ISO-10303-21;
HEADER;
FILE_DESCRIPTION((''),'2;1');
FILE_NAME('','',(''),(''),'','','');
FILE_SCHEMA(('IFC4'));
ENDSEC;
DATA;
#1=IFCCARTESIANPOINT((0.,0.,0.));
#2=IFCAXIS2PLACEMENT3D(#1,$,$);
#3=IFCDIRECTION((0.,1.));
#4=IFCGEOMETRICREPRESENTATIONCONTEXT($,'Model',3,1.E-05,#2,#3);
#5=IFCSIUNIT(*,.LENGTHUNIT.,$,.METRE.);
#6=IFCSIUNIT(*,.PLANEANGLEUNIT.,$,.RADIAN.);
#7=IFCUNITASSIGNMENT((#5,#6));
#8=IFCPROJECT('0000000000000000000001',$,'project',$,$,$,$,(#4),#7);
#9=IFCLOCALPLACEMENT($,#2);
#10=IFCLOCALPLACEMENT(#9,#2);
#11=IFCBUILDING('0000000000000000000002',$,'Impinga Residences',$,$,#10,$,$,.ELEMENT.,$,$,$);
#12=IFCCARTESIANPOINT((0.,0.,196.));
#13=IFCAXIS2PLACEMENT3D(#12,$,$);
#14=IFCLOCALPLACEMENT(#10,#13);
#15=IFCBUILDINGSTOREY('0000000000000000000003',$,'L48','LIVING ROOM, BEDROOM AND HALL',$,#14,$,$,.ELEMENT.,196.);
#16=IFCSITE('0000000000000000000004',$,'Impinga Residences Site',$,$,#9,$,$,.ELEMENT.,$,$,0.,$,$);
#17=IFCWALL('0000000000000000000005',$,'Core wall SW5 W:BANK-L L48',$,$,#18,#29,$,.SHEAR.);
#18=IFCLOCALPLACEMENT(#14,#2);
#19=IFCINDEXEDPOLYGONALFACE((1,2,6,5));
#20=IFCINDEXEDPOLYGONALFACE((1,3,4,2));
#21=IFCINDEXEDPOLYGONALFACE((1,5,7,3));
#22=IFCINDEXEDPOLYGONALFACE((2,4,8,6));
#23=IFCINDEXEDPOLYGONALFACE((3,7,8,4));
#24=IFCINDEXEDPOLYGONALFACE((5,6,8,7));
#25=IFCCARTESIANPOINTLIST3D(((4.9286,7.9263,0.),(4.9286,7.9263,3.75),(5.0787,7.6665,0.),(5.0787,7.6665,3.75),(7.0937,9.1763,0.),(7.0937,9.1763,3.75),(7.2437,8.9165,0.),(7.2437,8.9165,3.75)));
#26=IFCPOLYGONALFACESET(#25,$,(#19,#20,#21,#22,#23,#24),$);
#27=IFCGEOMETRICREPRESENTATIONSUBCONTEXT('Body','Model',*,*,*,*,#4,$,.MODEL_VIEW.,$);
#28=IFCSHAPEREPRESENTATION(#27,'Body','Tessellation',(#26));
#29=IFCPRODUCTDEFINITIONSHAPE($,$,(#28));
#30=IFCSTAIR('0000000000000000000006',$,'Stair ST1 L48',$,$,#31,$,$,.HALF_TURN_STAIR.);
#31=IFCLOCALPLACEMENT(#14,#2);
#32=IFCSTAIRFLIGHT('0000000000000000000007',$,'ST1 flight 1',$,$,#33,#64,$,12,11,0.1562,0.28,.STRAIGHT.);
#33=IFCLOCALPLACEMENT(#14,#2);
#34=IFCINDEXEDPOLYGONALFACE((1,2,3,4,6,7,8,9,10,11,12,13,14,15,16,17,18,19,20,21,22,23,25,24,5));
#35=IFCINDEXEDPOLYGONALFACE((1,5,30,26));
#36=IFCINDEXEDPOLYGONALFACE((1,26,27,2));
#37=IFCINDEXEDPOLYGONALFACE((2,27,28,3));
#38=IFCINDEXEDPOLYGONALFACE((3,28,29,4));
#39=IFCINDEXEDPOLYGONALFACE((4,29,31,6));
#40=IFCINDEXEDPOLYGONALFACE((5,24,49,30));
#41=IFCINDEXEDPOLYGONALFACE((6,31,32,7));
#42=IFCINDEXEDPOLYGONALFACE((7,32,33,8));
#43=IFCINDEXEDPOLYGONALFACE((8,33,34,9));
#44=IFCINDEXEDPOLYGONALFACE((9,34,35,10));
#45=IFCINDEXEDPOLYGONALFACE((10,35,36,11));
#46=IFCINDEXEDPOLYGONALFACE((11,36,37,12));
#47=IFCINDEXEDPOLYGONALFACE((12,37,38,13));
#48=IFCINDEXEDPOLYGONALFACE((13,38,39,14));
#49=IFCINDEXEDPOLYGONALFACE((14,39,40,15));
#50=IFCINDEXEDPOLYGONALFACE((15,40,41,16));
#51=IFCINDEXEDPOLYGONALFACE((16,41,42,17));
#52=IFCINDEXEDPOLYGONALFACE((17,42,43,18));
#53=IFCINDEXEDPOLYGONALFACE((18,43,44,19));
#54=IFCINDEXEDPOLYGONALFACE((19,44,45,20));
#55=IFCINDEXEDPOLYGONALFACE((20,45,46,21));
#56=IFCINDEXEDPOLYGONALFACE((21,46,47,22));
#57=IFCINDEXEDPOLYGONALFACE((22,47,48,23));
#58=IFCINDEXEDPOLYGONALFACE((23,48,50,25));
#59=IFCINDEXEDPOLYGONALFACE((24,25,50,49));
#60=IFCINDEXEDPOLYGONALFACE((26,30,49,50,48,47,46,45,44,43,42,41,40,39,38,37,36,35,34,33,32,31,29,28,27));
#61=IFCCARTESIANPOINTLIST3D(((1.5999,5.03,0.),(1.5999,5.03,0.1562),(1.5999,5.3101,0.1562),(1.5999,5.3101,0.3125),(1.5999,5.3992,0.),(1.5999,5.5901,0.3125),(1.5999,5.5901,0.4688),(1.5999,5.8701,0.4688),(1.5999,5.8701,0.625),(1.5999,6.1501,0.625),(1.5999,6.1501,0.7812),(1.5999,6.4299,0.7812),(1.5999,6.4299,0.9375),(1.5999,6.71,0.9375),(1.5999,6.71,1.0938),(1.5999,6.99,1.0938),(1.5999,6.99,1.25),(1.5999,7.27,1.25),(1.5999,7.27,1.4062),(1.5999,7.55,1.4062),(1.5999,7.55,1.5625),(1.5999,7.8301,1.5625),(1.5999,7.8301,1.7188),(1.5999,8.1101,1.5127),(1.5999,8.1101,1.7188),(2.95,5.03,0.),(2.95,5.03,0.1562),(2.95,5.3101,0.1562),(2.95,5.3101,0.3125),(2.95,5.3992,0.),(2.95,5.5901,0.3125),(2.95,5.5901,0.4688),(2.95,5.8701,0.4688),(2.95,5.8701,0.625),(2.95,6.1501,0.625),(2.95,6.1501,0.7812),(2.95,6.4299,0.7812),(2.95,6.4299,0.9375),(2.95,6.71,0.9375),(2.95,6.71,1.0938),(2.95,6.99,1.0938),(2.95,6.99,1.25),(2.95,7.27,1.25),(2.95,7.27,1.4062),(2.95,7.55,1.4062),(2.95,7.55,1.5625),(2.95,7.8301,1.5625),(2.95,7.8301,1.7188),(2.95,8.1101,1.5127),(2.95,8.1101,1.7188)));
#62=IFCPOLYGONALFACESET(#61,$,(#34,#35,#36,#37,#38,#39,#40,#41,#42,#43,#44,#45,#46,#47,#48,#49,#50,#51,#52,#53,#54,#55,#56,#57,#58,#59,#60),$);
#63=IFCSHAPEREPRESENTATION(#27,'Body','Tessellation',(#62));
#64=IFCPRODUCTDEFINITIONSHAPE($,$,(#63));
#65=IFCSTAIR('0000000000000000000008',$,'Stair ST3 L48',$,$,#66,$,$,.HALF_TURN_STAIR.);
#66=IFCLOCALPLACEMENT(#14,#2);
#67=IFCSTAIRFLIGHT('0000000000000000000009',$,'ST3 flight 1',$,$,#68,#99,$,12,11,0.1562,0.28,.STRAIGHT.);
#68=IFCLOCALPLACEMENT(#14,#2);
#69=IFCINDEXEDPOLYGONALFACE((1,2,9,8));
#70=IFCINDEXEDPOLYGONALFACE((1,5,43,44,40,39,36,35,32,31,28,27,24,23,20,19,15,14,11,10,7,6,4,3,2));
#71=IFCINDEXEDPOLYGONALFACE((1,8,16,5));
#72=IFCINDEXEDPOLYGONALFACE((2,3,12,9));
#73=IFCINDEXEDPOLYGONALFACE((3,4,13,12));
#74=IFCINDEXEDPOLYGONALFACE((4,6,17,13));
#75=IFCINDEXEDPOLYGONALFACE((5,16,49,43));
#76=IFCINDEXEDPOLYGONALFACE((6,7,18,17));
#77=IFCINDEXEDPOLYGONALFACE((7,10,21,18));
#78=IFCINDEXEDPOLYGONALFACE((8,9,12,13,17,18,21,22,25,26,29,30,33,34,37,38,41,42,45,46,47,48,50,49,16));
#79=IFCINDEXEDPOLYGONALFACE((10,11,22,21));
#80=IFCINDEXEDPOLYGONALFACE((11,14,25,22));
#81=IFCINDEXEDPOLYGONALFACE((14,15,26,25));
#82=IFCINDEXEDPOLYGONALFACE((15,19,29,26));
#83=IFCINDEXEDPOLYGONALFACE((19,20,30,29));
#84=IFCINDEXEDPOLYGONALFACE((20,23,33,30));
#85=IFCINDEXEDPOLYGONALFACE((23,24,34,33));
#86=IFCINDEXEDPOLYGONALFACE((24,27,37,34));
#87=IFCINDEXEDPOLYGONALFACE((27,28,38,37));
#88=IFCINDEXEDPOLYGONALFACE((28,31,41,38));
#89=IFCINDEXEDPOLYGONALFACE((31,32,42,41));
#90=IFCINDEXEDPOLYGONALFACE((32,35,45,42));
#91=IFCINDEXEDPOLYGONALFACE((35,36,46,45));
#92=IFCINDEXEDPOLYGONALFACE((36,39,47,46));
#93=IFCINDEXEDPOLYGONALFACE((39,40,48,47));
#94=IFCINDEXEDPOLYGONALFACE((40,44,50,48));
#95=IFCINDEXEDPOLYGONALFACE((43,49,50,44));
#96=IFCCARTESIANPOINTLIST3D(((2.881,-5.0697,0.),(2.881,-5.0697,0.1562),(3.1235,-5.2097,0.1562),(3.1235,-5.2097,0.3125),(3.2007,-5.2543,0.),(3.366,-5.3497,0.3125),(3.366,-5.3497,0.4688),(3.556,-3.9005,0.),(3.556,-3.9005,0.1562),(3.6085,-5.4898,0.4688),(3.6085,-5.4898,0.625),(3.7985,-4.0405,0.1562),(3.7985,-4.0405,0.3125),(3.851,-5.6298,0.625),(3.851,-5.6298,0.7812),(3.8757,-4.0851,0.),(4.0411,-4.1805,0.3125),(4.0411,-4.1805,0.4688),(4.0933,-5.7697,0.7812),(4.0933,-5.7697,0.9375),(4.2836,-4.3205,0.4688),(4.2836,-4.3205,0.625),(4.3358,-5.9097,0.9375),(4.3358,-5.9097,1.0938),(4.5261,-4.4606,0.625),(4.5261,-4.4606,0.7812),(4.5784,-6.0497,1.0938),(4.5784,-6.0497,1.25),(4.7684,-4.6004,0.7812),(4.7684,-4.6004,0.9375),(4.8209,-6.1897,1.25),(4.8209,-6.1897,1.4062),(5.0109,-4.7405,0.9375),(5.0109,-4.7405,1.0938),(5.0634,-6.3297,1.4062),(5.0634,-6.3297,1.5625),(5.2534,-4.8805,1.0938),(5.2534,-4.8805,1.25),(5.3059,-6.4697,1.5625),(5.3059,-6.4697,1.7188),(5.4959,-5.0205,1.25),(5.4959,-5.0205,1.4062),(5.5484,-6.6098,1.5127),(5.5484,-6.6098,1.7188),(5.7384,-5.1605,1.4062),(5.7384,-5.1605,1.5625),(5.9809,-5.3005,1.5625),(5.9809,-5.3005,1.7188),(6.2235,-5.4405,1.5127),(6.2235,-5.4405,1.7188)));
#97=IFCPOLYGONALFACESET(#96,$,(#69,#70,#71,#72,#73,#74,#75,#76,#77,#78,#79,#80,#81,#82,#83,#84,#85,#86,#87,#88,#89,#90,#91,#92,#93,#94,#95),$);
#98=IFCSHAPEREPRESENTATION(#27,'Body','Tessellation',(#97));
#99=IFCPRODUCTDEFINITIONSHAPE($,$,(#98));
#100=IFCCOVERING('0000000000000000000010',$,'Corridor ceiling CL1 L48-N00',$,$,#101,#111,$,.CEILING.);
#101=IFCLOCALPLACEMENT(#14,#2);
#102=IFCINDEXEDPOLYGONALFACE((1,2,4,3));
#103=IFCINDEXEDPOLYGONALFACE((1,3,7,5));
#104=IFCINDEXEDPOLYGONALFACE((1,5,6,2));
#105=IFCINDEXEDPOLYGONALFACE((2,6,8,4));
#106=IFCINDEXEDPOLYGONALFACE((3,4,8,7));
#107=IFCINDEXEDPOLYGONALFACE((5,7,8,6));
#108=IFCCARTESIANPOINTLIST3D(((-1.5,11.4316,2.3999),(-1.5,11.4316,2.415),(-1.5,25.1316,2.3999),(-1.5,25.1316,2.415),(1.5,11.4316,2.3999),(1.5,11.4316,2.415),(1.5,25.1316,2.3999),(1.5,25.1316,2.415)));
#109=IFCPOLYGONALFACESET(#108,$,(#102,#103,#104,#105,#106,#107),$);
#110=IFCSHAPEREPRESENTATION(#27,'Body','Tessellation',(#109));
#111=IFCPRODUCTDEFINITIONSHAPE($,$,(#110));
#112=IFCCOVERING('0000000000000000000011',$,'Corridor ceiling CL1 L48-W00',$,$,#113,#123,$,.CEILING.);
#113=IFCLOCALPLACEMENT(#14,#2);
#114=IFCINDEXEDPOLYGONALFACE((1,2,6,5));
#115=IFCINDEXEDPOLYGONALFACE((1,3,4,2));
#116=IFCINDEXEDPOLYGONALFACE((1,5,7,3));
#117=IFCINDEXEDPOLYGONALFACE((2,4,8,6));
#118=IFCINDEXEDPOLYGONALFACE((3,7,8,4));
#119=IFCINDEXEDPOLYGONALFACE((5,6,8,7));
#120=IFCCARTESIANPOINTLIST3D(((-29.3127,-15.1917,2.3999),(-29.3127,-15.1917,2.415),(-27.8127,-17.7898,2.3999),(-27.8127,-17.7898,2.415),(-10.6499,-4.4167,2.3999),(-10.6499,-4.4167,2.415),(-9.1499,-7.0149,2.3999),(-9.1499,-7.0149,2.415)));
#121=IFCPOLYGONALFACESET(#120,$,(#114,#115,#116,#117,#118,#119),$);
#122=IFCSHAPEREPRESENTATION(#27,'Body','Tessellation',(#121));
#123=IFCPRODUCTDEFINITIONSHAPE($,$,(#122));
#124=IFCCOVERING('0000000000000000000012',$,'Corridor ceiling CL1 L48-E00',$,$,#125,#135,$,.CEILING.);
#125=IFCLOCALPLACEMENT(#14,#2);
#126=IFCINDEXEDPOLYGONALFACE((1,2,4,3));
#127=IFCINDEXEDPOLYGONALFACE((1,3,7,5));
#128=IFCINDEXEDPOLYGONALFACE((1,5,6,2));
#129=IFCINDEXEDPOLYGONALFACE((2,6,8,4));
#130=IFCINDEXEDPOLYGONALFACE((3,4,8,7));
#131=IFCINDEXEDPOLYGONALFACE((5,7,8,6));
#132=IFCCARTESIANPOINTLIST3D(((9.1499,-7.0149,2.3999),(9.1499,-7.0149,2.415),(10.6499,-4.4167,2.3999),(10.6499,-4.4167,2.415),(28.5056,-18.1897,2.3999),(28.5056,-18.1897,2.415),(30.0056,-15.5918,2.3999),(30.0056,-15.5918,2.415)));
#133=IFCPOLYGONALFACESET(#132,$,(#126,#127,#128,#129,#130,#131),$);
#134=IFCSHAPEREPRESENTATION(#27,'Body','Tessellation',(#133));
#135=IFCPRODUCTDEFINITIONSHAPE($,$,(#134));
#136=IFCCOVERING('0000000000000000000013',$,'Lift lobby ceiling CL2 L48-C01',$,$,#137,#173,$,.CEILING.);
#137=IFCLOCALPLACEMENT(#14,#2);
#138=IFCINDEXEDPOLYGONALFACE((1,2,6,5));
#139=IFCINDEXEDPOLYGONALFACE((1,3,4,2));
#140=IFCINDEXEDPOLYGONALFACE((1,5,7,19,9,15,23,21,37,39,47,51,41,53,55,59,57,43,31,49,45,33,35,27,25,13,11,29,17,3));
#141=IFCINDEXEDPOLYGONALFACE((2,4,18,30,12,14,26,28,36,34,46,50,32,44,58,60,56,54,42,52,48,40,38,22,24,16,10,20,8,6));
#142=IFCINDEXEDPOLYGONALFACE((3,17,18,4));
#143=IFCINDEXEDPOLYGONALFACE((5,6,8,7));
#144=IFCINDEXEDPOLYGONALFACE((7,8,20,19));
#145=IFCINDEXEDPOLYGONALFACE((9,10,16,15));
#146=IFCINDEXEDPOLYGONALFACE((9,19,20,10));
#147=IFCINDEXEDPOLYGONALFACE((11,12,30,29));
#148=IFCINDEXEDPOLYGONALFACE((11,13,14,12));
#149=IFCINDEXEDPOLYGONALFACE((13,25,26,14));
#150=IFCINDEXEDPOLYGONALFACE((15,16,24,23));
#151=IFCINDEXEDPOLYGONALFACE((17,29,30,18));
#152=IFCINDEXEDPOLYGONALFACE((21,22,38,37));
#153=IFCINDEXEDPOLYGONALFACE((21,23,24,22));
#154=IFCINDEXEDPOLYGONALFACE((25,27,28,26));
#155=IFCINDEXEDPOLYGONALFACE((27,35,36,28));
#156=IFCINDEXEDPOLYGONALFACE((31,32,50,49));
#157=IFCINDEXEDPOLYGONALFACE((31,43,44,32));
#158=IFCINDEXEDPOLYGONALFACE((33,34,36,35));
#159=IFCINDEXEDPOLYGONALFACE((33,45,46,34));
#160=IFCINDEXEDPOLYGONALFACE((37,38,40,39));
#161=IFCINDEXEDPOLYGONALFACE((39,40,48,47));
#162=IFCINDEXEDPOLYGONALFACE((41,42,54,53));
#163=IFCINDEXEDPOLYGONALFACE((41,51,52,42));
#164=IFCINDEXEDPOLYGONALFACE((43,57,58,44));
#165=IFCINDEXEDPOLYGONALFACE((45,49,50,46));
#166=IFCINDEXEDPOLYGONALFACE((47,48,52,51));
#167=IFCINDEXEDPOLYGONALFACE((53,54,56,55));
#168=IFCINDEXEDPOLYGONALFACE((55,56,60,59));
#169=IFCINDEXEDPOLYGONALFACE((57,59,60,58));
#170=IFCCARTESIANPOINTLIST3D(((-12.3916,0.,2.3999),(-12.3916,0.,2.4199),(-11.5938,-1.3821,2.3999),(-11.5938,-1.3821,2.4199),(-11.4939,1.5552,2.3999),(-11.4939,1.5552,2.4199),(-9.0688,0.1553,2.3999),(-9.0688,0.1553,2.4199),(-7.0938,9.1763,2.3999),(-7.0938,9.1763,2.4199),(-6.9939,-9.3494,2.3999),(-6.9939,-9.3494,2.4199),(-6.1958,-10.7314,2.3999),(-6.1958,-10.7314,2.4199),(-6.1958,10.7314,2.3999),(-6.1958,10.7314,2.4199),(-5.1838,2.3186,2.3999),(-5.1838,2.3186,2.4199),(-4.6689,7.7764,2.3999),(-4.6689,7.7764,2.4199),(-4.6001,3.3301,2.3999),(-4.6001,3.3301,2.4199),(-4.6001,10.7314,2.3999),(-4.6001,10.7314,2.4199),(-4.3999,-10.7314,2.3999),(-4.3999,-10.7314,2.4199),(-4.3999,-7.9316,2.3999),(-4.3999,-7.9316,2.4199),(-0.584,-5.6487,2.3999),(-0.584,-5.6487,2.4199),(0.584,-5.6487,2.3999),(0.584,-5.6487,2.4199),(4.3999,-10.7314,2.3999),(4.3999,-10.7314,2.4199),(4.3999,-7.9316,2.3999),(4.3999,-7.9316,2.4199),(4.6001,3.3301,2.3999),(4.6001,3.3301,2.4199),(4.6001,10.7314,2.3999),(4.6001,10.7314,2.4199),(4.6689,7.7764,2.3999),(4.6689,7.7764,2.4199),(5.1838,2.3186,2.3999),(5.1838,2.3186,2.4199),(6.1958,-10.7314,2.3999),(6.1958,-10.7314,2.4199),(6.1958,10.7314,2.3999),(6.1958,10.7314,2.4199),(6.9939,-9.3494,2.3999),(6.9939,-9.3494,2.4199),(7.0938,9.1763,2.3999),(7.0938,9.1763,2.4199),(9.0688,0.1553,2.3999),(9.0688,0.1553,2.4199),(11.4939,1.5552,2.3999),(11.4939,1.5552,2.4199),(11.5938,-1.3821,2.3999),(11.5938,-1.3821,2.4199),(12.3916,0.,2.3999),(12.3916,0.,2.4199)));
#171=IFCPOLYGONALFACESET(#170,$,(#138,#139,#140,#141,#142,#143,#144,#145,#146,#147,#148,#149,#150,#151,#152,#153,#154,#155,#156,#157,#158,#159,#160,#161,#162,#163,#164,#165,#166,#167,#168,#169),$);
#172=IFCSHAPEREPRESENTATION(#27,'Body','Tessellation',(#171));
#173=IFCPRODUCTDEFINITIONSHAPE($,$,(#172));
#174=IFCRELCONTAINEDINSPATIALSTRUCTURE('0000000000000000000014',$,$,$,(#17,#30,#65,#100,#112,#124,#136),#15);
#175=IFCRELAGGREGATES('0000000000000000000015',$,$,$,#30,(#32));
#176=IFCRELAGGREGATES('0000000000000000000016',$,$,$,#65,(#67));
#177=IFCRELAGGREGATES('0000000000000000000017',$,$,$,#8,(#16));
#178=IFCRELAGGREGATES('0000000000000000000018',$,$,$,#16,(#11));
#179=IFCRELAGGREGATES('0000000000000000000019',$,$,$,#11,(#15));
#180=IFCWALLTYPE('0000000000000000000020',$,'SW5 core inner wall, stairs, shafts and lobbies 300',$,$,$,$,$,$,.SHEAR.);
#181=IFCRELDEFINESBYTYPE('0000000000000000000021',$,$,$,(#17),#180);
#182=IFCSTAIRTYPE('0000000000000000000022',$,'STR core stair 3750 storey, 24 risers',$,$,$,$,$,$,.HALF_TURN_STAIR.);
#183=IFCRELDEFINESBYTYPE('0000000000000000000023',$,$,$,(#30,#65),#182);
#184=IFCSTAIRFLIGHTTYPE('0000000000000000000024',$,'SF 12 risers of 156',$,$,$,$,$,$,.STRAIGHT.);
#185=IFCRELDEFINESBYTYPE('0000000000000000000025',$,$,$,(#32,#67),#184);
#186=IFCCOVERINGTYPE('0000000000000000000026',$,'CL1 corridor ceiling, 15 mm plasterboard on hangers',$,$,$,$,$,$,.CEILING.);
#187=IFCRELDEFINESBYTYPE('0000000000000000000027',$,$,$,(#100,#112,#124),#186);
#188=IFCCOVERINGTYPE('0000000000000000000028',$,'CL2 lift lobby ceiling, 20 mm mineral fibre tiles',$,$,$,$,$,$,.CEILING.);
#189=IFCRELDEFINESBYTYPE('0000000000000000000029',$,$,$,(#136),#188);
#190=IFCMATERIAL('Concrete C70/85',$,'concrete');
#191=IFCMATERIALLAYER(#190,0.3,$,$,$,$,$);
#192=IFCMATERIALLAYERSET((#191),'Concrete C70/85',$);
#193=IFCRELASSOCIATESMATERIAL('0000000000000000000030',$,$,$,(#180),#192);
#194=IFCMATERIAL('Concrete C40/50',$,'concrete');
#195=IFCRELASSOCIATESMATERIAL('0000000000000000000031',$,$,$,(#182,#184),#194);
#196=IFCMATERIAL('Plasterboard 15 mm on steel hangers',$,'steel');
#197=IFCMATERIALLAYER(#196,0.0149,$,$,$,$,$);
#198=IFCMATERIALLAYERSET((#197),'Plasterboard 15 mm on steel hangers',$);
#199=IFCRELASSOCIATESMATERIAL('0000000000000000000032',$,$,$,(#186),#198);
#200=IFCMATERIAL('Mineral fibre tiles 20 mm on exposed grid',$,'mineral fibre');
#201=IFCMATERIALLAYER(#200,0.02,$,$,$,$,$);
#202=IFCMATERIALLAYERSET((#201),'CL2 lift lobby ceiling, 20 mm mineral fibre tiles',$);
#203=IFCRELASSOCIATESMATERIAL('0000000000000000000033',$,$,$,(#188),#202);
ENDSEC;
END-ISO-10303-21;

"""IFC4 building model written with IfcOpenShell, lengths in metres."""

from ifc_helpers import new_model, si_unit, direction, frame, frame_2d, origin, place, context, subcontext, project, spatial, polyline, rectangle, outline, extrude, material, layer, layer_set, type_object, element, aggregate, save


model = new_model("IFC4")

# Units and contexts
model_context = context("Model", 3, precision=1e-05, world=origin(), true_north=direction((0.0, 1.0)))
body_context = subcontext(model_context, "Body", "Model", "MODEL_VIEW")
ifc_project = project(units=[si_unit("LENGTHUNIT", "METRE"), si_unit("PLANEANGLEUNIT", "RADIAN")], contexts=[model_context])

# Site, building, storey
site_placement = place(None, origin())
site = spatial("IfcSite", under=ifc_project, at=site_placement, Name="Impinga Residences Site", CompositionType="ELEMENT", RefElevation=0.0)
building_placement = place(site_placement, origin())
building = spatial("IfcBuilding", under=site, at=building_placement, Name="Impinga Residences", CompositionType="ELEMENT")
storey_placement = place(building_placement, frame((0.0, 0.0, 196.0)))
storey = spatial("IfcBuildingStorey", under=building, at=storey_placement, Name="L48", Description="LIVING ROOM, BEDROOM AND HALL", CompositionType="ELEMENT", Elevation=196.0)

# Shared definitions
ifc_material_1 = material(Name="Concrete C40/50", Category="concrete")

# Shared definitions
ifc_material_2 = material(Name="Concrete C70/85", Category="concrete")
ifc_layer_1 = layer(ifc_material_2, 0.3)
ifc_layer_set_1 = layer_set([ifc_layer_1], Name="Concrete C70/85")
wall_type = type_object("IfcWallType", Name="SW5 core inner wall, stairs, shafts and lobbies 300", PredefinedType="SHEAR", material=ifc_layer_set_1)

# Wall
wall_1_placement = place(storey_placement, frame((5.0037, 7.7964, 0.0), z_axis=(0.0, 0.0, 1.0), x_axis=(0.866023, 0.500004, 0.0)))
element("IfcWall", 1, at=wall_1_placement, inside=storey, type_object=wall_type, Name="Core wall SW5 W:BANK-L L48", PredefinedType="SHEAR", context=body_context, shape_type="SweptSolid", body=[
    extrude(rectangle(XDim=2.5, YDim=0.3, at=frame_2d((1.25, 0.0))), origin(), (0.0, 0.0, 1.0), 3.75),
])

# Stairs, stair flights
stair_type_1 = type_object("IfcStairType", Name="STR core stair 3750 storey, 24 risers", PredefinedType="HALF_TURN_STAIR", material=ifc_material_1)
stair_1_placement = place(storey_placement, origin())
stair_1 = element("IfcStair", 2, at=stair_1_placement, inside=storey, type_object=stair_type_1, Name="Stair ST1 L48", PredefinedType="HALF_TURN_STAIR")
stair_flight_type = type_object("IfcStairFlightType", Name="SF 12 risers of 156", PredefinedType="STRAIGHT", material=ifc_material_1)
stair_flight_1_placement = place(storey_placement, frame((2.2749, 5.03, 0.0), z_axis=(0.0, 0.0, 1.0), x_axis=(0.0, 1.0, 0.0)))
stair_flight_1 = element("IfcStairFlight", 3, at=stair_flight_1_placement, type_object=stair_flight_type, Name="ST1 flight 1", NumberOfRisers=12, NumberOfTreads=11, PredefinedType="STRAIGHT", RiserHeight=0.1562, TreadLength=0.28, context=body_context, shape_type="SweptSolid", body=[
    extrude(outline(polyline([(0.0, 0.0), (0.0, 0.1562), (0.28, 0.1562), (0.28, 0.3125), (0.5601, 0.3125), (0.5601, 0.4688), (0.8401, 0.4688), (0.8401, 0.625), (1.1201, 0.625), (1.1201, 0.7812), (1.3999, 0.7812), (1.3999, 0.9375), (1.6799, 0.9375), (1.6799, 1.0938), (1.96, 1.0938), (1.96, 1.25), (2.24, 1.25), (2.24, 1.4062), (2.52, 1.4062), (2.52, 1.5625), (2.8, 1.5625), (2.8, 1.7188), (3.0801, 1.7188), (3.0801, 1.875), (3.0801, 1.5127), (0.3691, 0.0), (0.0, 0.0)])), frame((0.0, 0.675, 0.0), z_axis=(0.0, -1.0, 0.0), x_axis=(1.0, 0.0, 0.0)), (0.0, 0.0, 1.0), 1.3501),
])
aggregate(stair_1, [stair_flight_1])
stair_2_placement = place(storey_placement, origin())
stair_2 = element("IfcStair", 4, at=stair_2_placement, inside=storey, type_object=stair_type_1, Name="Stair ST3 L48", PredefinedType="HALF_TURN_STAIR")
stair_flight_2_placement = place(storey_placement, frame((3.2185, -4.4851, 0.0), z_axis=(0.0, 0.0, 1.0), x_axis=(0.866025, -0.5, 0.0)))
stair_flight_2 = element("IfcStairFlight", 5, at=stair_flight_2_placement, type_object=stair_flight_type, Name="ST3 flight 1", NumberOfRisers=12, NumberOfTreads=11, PredefinedType="STRAIGHT", RiserHeight=0.1562, TreadLength=0.28, context=body_context, shape_type="SweptSolid", body=[
    extrude(outline(polyline([(0.0, 0.0), (0.0, 0.1562), (0.28, 0.1562), (0.28, 0.3125), (0.5601, 0.3125), (0.5601, 0.4688), (0.8401, 0.4688), (0.8401, 0.625), (1.1201, 0.625), (1.1201, 0.7812), (1.3999, 0.7812), (1.3999, 0.9375), (1.6799, 0.9375), (1.6799, 1.0938), (1.96, 1.0938), (1.96, 1.25), (2.24, 1.25), (2.24, 1.4062), (2.52, 1.4062), (2.52, 1.5625), (2.8, 1.5625), (2.8, 1.7188), (3.0801, 1.7188), (3.0801, 1.875), (3.0801, 1.5127), (0.3691, 0.0), (0.0, 0.0)])), frame((0.0, 0.675, 0.0), z_axis=(0.0, -1.0, 0.0), x_axis=(1.0, 0.0, 0.0)), (0.0, 0.0, 1.0), 1.3501),
])
aggregate(stair_2, [stair_flight_2])

# Coverings
ifc_material_3 = material(Name="Plasterboard 15 mm on steel hangers", Category="steel")
ifc_layer_2 = layer(ifc_material_3, 0.0149)
ifc_layer_set_2 = layer_set([ifc_layer_2], Name="Plasterboard 15 mm on steel hangers")
covering_type_1 = type_object("IfcCoveringType", Name="CL1 corridor ceiling, 15 mm plasterboard on hangers", PredefinedType="CEILING", material=ifc_layer_set_2)
covering_1_placement = place(storey_placement, frame((0.0, 0.0, 2.3999)))
element("IfcCovering", 6, at=covering_1_placement, inside=storey, type_object=covering_type_1, Name="Corridor ceiling CL1 L48-N00", PredefinedType="CEILING", context=body_context, shape_type="SweptSolid", body=[
    extrude(outline(polyline([(-1.5, 11.4316), (1.5, 11.4316), (1.5, 25.1316), (-1.5, 25.1316), (-1.5, 11.4316)])), origin(), (0.0, 0.0, 1.0), 0.0151),
])
covering_2_placement = place(storey_placement, frame((0.0, 0.0, 2.3999)))
element("IfcCovering", 7, at=covering_2_placement, inside=storey, type_object=covering_type_1, Name="Corridor ceiling CL1 L48-W00", PredefinedType="CEILING", context=body_context, shape_type="SweptSolid", body=[
    extrude(outline(polyline([(-9.1499, -7.0149), (-10.6499, -4.4167), (-29.3127, -15.1917), (-27.8127, -17.7898), (-9.1499, -7.0149)])), origin(), (0.0, 0.0, 1.0), 0.0151),
])
covering_3_placement = place(storey_placement, frame((0.0, 0.0, 2.3999)))
element("IfcCovering", 8, at=covering_3_placement, inside=storey, type_object=covering_type_1, Name="Corridor ceiling CL1 L48-E00", PredefinedType="CEILING", context=body_context, shape_type="SweptSolid", body=[
    extrude(outline(polyline([(10.6499, -4.4167), (9.1499, -7.0149), (28.5056, -18.1897), (30.0056, -15.5918), (10.6499, -4.4167)])), origin(), (0.0, 0.0, 1.0), 0.0151),
])
ifc_material_4 = material(Name="Mineral fibre tiles 20 mm on exposed grid", Category="mineral fibre")
ifc_layer_3 = layer(ifc_material_4, 0.02)
ifc_layer_set_3 = layer_set([ifc_layer_3], Name="CL2 lift lobby ceiling, 20 mm mineral fibre tiles")
covering_type_2 = type_object("IfcCoveringType", Name="CL2 lift lobby ceiling, 20 mm mineral fibre tiles", PredefinedType="CEILING", material=ifc_layer_set_3)
covering_4_placement = place(storey_placement, frame((0.0, 0.0, 2.3999)))
element("IfcCovering", 9, at=covering_4_placement, inside=storey, type_object=covering_type_2, Name="Lift lobby ceiling CL2 L48-C01", PredefinedType="CEILING", context=body_context, shape_type="SweptSolid", body=[
    extrude(outline(polyline([(12.3916, 0.0), (11.5938, -1.3821), (5.1838, 2.3186), (0.584, -5.6487), (6.9939, -9.3494), (6.1958, -10.7314), (4.3999, -10.7314), (4.3999, -7.9316), (-4.3999, -7.9316), (-4.3999, -10.7314), (-6.1958, -10.7314), (-6.9939, -9.3494), (-0.584, -5.6487), (-5.1838, 2.3186), (-11.5938, -1.3821), (-12.3916, 0.0), (-11.4939, 1.5552), (-9.0688, 0.1553), (-4.6689, 7.7764), (-7.0938, 9.1763), (-6.1958, 10.7314), (-4.6001, 10.7314), (-4.6001, 3.3301), (4.6001, 3.3301), (4.6001, 10.7314), (6.1958, 10.7314), (7.0938, 9.1763), (4.6689, 7.7764), (9.0688, 0.1553), (11.4939, 1.5552), (12.3916, 0.0)])), origin(), (0.0, 0.0, 1.0), 0.02),
])

save(model, "model.ifc")
